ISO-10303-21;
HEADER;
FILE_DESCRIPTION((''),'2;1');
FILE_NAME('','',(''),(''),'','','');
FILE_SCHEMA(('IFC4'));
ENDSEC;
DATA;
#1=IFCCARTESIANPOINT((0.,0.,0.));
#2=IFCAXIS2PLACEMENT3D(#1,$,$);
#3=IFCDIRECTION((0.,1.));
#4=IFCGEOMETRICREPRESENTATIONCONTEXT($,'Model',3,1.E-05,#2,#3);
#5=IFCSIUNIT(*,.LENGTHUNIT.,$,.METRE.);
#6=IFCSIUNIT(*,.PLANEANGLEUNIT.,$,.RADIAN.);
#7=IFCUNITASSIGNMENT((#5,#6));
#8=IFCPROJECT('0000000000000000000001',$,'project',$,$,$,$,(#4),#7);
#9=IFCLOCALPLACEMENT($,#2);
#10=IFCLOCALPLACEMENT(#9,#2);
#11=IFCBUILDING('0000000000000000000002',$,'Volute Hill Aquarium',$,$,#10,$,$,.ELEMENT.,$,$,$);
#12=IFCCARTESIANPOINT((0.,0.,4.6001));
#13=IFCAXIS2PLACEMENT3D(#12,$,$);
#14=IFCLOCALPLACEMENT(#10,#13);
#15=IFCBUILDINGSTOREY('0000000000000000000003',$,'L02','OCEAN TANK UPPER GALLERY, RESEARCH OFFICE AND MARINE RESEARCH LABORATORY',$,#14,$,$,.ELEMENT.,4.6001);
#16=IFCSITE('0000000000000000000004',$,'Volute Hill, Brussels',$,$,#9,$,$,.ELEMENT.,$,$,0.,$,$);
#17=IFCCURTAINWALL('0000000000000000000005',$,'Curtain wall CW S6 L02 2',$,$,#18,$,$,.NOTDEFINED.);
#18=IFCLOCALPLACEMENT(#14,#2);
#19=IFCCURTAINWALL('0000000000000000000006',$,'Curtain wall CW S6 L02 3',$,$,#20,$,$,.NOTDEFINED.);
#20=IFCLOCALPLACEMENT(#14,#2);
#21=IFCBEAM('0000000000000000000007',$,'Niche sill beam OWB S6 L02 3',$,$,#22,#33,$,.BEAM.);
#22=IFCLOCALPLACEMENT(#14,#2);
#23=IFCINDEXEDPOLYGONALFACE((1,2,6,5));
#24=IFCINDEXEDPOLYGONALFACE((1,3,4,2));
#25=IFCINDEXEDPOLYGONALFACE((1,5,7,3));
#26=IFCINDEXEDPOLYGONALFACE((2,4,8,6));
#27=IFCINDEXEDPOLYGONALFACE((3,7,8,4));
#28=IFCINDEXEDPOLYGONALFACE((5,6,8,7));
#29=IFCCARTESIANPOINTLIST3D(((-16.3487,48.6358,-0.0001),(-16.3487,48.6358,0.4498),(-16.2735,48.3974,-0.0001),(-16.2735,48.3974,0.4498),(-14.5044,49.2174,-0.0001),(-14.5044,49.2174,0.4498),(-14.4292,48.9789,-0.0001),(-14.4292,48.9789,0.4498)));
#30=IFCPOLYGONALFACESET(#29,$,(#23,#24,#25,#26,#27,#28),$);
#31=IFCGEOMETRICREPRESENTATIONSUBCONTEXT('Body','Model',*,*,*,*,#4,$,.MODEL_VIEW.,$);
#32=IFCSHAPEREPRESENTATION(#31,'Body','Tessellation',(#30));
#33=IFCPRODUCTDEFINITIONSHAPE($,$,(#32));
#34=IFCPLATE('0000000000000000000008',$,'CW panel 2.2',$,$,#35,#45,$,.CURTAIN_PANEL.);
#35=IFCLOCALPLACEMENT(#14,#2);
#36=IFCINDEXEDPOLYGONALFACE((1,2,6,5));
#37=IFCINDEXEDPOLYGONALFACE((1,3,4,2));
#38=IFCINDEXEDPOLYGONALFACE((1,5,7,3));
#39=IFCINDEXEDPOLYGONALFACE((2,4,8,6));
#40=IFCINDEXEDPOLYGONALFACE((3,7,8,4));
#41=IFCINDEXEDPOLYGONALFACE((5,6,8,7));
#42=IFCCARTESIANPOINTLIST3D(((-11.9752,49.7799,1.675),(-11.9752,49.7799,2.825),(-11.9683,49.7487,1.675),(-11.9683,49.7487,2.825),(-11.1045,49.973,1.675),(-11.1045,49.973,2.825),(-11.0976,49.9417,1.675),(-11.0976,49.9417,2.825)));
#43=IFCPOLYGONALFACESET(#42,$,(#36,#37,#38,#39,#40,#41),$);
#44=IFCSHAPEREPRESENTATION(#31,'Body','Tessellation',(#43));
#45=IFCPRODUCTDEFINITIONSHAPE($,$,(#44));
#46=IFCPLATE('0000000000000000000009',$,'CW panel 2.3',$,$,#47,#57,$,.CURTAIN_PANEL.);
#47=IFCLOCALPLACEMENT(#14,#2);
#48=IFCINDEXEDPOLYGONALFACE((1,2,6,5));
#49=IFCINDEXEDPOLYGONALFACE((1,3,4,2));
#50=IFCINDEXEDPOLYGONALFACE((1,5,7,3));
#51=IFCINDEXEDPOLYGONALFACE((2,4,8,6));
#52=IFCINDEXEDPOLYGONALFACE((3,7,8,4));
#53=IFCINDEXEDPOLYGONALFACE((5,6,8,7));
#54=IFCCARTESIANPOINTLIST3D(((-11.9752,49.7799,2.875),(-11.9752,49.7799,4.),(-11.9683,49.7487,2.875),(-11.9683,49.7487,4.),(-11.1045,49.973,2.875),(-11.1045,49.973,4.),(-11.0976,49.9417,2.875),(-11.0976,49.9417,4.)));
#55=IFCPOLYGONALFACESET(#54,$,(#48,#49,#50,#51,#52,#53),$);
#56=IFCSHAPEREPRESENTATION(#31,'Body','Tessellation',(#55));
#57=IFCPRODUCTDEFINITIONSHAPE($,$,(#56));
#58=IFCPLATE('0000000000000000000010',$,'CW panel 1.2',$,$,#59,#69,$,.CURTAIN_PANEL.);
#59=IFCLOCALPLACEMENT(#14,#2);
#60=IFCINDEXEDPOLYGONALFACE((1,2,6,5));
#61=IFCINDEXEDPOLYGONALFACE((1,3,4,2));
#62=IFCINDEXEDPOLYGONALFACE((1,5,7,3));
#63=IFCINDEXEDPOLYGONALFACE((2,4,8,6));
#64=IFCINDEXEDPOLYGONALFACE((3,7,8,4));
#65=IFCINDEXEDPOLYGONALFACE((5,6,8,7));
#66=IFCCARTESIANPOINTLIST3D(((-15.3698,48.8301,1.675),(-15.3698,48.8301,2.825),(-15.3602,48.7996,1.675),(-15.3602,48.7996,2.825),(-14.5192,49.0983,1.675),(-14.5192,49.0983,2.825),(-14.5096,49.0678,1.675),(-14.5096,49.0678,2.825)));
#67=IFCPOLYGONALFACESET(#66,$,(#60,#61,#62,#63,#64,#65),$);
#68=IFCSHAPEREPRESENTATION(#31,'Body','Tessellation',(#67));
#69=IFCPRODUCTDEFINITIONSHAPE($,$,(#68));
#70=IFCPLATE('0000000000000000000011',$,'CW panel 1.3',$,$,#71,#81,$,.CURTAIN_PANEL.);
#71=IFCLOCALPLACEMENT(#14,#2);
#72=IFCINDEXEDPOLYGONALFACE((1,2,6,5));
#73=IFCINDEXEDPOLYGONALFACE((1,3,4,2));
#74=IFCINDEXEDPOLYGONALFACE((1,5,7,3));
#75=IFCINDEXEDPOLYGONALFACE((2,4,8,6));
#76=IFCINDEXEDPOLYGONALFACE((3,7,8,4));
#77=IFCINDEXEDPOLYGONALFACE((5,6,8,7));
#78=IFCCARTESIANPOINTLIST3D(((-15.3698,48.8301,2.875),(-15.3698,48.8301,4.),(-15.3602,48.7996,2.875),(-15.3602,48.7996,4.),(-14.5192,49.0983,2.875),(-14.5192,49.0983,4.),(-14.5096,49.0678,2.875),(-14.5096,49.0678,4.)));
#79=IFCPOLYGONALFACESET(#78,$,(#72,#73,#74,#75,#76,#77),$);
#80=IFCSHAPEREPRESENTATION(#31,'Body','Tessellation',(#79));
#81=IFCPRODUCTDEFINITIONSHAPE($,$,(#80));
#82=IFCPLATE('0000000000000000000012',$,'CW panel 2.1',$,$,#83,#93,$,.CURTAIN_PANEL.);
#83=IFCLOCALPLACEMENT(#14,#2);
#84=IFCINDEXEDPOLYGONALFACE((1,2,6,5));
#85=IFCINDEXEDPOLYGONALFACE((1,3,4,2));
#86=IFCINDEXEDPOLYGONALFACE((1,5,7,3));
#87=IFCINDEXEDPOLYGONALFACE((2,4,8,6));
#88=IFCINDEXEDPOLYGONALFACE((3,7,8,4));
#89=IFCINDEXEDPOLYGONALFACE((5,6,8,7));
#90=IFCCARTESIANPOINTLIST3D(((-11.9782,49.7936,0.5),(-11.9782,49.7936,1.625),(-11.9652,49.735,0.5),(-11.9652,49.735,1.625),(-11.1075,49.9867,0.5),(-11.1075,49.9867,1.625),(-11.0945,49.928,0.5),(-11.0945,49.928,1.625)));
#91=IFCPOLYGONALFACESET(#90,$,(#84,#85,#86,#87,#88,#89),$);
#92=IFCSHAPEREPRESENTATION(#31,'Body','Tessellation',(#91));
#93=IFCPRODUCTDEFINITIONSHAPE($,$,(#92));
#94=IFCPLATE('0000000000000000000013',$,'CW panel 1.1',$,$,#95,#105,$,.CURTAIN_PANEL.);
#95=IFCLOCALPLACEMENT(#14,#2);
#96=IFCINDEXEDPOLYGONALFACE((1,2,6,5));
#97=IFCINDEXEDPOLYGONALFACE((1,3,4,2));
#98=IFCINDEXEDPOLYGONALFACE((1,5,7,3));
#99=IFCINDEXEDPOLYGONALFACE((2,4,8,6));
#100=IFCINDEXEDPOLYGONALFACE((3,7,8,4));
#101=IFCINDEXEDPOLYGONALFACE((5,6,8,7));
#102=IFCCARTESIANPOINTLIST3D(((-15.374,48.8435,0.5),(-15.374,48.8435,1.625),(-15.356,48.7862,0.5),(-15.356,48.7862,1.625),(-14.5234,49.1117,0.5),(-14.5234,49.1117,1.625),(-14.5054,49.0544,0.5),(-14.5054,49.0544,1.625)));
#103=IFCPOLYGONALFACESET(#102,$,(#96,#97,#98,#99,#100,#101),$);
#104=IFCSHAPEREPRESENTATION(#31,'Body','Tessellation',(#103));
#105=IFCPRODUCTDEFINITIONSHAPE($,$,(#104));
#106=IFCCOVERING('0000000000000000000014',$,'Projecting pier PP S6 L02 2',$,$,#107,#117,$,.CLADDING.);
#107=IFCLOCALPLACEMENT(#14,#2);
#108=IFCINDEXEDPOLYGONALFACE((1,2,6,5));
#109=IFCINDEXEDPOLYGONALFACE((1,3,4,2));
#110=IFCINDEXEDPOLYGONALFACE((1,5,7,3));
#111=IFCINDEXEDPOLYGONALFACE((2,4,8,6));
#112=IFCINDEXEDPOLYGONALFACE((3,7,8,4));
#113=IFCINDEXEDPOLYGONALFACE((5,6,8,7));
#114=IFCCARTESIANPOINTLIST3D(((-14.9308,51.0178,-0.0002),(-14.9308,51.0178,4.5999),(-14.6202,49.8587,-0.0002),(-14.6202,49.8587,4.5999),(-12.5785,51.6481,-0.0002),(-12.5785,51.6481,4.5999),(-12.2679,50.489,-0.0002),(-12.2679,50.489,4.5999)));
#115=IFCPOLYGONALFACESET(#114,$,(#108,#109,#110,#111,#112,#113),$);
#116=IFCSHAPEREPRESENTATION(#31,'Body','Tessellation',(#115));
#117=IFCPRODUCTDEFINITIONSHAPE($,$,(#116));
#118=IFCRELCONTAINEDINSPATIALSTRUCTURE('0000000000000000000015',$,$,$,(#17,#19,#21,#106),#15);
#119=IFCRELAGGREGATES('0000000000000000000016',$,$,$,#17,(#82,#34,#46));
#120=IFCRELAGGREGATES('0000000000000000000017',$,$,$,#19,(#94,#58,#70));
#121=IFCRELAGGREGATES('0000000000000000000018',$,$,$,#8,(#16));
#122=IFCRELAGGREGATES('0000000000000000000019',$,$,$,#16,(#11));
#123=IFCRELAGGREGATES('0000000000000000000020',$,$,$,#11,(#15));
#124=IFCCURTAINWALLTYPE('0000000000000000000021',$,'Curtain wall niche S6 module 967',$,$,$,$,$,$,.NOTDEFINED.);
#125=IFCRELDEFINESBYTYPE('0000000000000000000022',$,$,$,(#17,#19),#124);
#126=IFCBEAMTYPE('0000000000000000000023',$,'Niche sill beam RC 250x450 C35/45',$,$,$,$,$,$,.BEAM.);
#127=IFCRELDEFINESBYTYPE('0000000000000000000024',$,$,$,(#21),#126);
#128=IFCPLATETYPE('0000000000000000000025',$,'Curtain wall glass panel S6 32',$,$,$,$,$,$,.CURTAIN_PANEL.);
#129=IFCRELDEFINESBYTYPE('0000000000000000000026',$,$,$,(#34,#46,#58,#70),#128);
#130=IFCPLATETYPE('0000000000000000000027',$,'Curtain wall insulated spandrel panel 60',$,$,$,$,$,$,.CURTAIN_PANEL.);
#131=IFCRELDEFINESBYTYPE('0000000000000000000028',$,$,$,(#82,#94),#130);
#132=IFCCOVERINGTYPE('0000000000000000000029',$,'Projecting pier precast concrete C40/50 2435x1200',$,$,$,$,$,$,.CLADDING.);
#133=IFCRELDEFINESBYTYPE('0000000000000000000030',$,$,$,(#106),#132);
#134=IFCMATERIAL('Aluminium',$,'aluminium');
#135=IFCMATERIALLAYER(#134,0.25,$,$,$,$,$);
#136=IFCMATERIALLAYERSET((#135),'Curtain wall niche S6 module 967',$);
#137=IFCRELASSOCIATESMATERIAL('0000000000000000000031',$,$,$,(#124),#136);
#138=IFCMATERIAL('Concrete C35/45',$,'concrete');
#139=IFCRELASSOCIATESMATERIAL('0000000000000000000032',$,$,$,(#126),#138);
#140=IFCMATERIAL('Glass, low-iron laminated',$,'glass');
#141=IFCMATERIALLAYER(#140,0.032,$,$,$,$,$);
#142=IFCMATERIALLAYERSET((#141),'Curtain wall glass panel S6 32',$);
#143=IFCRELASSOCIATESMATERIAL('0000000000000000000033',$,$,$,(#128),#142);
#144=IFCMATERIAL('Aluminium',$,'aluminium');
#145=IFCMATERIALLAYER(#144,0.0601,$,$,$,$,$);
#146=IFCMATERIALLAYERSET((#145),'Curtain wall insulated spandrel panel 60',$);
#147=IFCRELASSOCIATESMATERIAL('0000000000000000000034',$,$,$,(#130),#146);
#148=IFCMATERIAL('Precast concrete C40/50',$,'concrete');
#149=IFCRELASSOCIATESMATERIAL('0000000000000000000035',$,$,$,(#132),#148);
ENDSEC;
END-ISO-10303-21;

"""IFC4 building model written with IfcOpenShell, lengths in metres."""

from ifc_helpers import new_model, si_unit, direction, frame, origin, origin_2d, place, context, subcontext, project, spatial, rectangle, extrude, material, layer, layer_set, material_profile, profile_set, type_object, element, aggregate, save


model = new_model("IFC4")

# Units and contexts
model_context = context("Model", 3, precision=1e-05, world=origin(), true_north=direction((0.0, 1.0)))
body_context = subcontext(model_context, "Body", "Model", "MODEL_VIEW")
ifc_project = project(units=[si_unit("LENGTHUNIT", "METRE"), si_unit("PLANEANGLEUNIT", "RADIAN")], contexts=[model_context])

# Site, building, storey
site_placement = place(None, origin())
site = spatial("IfcSite", under=ifc_project, at=site_placement, Name="Volute Hill, Brussels", CompositionType="ELEMENT", RefElevation=0.0)
building_placement = place(site_placement, origin())
building = spatial("IfcBuilding", under=site, at=building_placement, Name="Volute Hill Aquarium", CompositionType="ELEMENT")
storey_placement = place(building_placement, frame((0.0, 0.0, 4.6001)))
storey = spatial("IfcBuildingStorey", under=building, at=storey_placement, Name="L02", Description="OCEAN TANK UPPER GALLERY, RESEARCH OFFICE AND MARINE RESEARCH LABORATORY", CompositionType="ELEMENT", Elevation=4.6001)

# Curtain wall
ifc_material_1 = material(Name="Aluminium", Category="aluminium")
ifc_layer_1 = layer(ifc_material_1, 0.25)
ifc_layer_set_1 = layer_set([ifc_layer_1], Name="Curtain wall niche S6 module 967")
curtain_wall_type = type_object("IfcCurtainWallType", Name="Curtain wall niche S6 module 967", PredefinedType="NOTDEFINED", material=ifc_layer_set_1)
curtain_wall_1_placement = place(storey_placement, origin())
curtain_wall_1 = element("IfcCurtainWall", 1, at=curtain_wall_1_placement, inside=storey, type_object=curtain_wall_type, Name="Curtain wall CW S6 L02 2", PredefinedType="NOTDEFINED")

# Curtain wall
curtain_wall_2_placement = place(storey_placement, origin())
curtain_wall_2 = element("IfcCurtainWall", 2, at=curtain_wall_2_placement, inside=storey, type_object=curtain_wall_type, Name="Curtain wall CW S6 L02 3", PredefinedType="NOTDEFINED")

# Beam
ifc_material_2 = material(Name="Concrete C35/45", Category="concrete")
ifc_material_profile_1 = material_profile(ifc_material_2, rectangle(XDim=0.25, YDim=0.45, at=origin_2d()), Name="RC beam 250x450")
ifc_profile_set_1 = profile_set([ifc_material_profile_1], Name="Concrete C35/45")
beam_type_1 = type_object("IfcBeamType", Name="Niche sill beam RC 250x450 C35/45", PredefinedType="BEAM", material=ifc_profile_set_1)
beam_1_placement = place(storey_placement, frame((-14.4668, 49.0981, 0.2249), z_axis=(-0.953709, -0.300733, 0.0), x_axis=(0.300733, -0.953709, 0.0)))
element("IfcBeam", 3, at=beam_1_placement, inside=storey, type_object=beam_type_1, Name="Niche sill beam OWB S6 L02 3", PredefinedType="BEAM", context=body_context, shape_type="SweptSolid", body=[
    extrude(rectangle(XDim=0.25, YDim=0.45, at=origin_2d()), origin(), (0.0, 0.0, 1.0), 1.9338),
])

# Plates
ifc_material_3 = material(Name="Glass, low-iron laminated", Category="glass")
ifc_layer_2 = layer(ifc_material_3, 0.032)
ifc_layer_set_2 = layer_set([ifc_layer_2], Name="Curtain wall glass panel S6 32")
plate_type_1 = type_object("IfcPlateType", Name="Curtain wall glass panel S6 32", PredefinedType="CURTAIN_PANEL", material=ifc_layer_set_2)
plate_1_placement = place(storey_placement, frame((-11.5364, 49.8608, 1.675), z_axis=(0.0, 0.0, 1.0), x_axis=(-0.976298, -0.216429, 0.0)))
plate_1 = element("IfcPlate", 4, at=plate_1_placement, type_object=plate_type_1, Name="CW panel 2.2", PredefinedType="CURTAIN_PANEL", context=body_context, shape_type="SweptSolid", body=[
    extrude(rectangle(XDim=0.8918, YDim=0.032, at=origin_2d()), origin(), (0.0, 0.0, 1.0), 1.1499),
])
plate_2_placement = place(storey_placement, frame((-11.5364, 49.8608, 2.875), z_axis=(0.0, 0.0, 1.0), x_axis=(-0.976298, -0.216429, 0.0)))
plate_2 = element("IfcPlate", 5, at=plate_2_placement, type_object=plate_type_1, Name="CW panel 2.3", PredefinedType="CURTAIN_PANEL", context=body_context, shape_type="SweptSolid", body=[
    extrude(rectangle(XDim=0.8918, YDim=0.032, at=origin_2d()), origin(), (0.0, 0.0, 1.0), 1.125),
])
plate_3_placement = place(storey_placement, frame((-14.9397, 48.949, 1.675), z_axis=(0.0, 0.0, 1.0), x_axis=(-0.953717, -0.300706, 0.0)))
plate_3 = element("IfcPlate", 6, at=plate_3_placement, type_object=plate_type_1, Name="CW panel 1.2", PredefinedType="CURTAIN_PANEL", context=body_context, shape_type="SweptSolid", body=[
    extrude(rectangle(XDim=0.8918, YDim=0.032, at=origin_2d()), origin(), (0.0, 0.0, 1.0), 1.1499),
])
plate_4_placement = place(storey_placement, frame((-14.9397, 48.949, 2.875), z_axis=(0.0, 0.0, 1.0), x_axis=(-0.953717, -0.300706, 0.0)))
plate_4 = element("IfcPlate", 7, at=plate_4_placement, type_object=plate_type_1, Name="CW panel 1.3", PredefinedType="CURTAIN_PANEL", context=body_context, shape_type="SweptSolid", body=[
    extrude(rectangle(XDim=0.8918, YDim=0.032, at=origin_2d()), origin(), (0.0, 0.0, 1.0), 1.125),
])
ifc_material_4 = material(Name="Aluminium", Category="aluminium")
ifc_layer_3 = layer(ifc_material_4, 0.0601)
ifc_layer_set_3 = layer_set([ifc_layer_3], Name="Curtain wall insulated spandrel panel 60")
plate_type_2 = type_object("IfcPlateType", Name="Curtain wall insulated spandrel panel 60", PredefinedType="CURTAIN_PANEL", material=ifc_layer_set_3)
plate_5_placement = place(storey_placement, frame((-11.5364, 49.8608, 0.5), z_axis=(0.0, 0.0, 1.0), x_axis=(-0.976298, -0.216429, 0.0)))
plate_5 = element("IfcPlate", 8, at=plate_5_placement, type_object=plate_type_2, Name="CW panel 2.1", PredefinedType="CURTAIN_PANEL", context=body_context, shape_type="SweptSolid", body=[
    extrude(rectangle(XDim=0.8918, YDim=0.0601, at=origin_2d()), origin(), (0.0, 0.0, 1.0), 1.125),
])
aggregate(curtain_wall_1, [plate_5, plate_1, plate_2])
plate_6_placement = place(storey_placement, frame((-14.9397, 48.949, 0.5), z_axis=(0.0, 0.0, 1.0), x_axis=(-0.953717, -0.300706, 0.0)))
plate_6 = element("IfcPlate", 9, at=plate_6_placement, type_object=plate_type_2, Name="CW panel 1.1", PredefinedType="CURTAIN_PANEL", context=body_context, shape_type="SweptSolid", body=[
    extrude(rectangle(XDim=0.8918, YDim=0.0601, at=origin_2d()), origin(), (0.0, 0.0, 1.0), 1.125),
])
aggregate(curtain_wall_2, [plate_6, plate_3, plate_4])

# Covering
ifc_material_5 = material(Name="Precast concrete C40/50", Category="concrete")
covering_type = type_object("IfcCoveringType", Name="Projecting pier precast concrete C40/50 2435x1200", PredefinedType="CLADDING", material=ifc_material_5)
covering_placement = place(storey_placement, frame((-13.5994, 50.7534, -0.0002), z_axis=(0.0, 0.0, 1.0), x_axis=(-0.965926, -0.258819, 0.0)))
element("IfcCovering", 10, at=covering_placement, inside=storey, type_object=covering_type, Name="Projecting pier PP S6 L02 2", PredefinedType="CLADDING", context=body_context, shape_type="SweptSolid", body=[
    extrude(rectangle(XDim=2.4353, YDim=1.2, at=origin_2d()), origin(), (0.0, 0.0, 1.0), 4.6001),
])

save(model, "model.ifc")
